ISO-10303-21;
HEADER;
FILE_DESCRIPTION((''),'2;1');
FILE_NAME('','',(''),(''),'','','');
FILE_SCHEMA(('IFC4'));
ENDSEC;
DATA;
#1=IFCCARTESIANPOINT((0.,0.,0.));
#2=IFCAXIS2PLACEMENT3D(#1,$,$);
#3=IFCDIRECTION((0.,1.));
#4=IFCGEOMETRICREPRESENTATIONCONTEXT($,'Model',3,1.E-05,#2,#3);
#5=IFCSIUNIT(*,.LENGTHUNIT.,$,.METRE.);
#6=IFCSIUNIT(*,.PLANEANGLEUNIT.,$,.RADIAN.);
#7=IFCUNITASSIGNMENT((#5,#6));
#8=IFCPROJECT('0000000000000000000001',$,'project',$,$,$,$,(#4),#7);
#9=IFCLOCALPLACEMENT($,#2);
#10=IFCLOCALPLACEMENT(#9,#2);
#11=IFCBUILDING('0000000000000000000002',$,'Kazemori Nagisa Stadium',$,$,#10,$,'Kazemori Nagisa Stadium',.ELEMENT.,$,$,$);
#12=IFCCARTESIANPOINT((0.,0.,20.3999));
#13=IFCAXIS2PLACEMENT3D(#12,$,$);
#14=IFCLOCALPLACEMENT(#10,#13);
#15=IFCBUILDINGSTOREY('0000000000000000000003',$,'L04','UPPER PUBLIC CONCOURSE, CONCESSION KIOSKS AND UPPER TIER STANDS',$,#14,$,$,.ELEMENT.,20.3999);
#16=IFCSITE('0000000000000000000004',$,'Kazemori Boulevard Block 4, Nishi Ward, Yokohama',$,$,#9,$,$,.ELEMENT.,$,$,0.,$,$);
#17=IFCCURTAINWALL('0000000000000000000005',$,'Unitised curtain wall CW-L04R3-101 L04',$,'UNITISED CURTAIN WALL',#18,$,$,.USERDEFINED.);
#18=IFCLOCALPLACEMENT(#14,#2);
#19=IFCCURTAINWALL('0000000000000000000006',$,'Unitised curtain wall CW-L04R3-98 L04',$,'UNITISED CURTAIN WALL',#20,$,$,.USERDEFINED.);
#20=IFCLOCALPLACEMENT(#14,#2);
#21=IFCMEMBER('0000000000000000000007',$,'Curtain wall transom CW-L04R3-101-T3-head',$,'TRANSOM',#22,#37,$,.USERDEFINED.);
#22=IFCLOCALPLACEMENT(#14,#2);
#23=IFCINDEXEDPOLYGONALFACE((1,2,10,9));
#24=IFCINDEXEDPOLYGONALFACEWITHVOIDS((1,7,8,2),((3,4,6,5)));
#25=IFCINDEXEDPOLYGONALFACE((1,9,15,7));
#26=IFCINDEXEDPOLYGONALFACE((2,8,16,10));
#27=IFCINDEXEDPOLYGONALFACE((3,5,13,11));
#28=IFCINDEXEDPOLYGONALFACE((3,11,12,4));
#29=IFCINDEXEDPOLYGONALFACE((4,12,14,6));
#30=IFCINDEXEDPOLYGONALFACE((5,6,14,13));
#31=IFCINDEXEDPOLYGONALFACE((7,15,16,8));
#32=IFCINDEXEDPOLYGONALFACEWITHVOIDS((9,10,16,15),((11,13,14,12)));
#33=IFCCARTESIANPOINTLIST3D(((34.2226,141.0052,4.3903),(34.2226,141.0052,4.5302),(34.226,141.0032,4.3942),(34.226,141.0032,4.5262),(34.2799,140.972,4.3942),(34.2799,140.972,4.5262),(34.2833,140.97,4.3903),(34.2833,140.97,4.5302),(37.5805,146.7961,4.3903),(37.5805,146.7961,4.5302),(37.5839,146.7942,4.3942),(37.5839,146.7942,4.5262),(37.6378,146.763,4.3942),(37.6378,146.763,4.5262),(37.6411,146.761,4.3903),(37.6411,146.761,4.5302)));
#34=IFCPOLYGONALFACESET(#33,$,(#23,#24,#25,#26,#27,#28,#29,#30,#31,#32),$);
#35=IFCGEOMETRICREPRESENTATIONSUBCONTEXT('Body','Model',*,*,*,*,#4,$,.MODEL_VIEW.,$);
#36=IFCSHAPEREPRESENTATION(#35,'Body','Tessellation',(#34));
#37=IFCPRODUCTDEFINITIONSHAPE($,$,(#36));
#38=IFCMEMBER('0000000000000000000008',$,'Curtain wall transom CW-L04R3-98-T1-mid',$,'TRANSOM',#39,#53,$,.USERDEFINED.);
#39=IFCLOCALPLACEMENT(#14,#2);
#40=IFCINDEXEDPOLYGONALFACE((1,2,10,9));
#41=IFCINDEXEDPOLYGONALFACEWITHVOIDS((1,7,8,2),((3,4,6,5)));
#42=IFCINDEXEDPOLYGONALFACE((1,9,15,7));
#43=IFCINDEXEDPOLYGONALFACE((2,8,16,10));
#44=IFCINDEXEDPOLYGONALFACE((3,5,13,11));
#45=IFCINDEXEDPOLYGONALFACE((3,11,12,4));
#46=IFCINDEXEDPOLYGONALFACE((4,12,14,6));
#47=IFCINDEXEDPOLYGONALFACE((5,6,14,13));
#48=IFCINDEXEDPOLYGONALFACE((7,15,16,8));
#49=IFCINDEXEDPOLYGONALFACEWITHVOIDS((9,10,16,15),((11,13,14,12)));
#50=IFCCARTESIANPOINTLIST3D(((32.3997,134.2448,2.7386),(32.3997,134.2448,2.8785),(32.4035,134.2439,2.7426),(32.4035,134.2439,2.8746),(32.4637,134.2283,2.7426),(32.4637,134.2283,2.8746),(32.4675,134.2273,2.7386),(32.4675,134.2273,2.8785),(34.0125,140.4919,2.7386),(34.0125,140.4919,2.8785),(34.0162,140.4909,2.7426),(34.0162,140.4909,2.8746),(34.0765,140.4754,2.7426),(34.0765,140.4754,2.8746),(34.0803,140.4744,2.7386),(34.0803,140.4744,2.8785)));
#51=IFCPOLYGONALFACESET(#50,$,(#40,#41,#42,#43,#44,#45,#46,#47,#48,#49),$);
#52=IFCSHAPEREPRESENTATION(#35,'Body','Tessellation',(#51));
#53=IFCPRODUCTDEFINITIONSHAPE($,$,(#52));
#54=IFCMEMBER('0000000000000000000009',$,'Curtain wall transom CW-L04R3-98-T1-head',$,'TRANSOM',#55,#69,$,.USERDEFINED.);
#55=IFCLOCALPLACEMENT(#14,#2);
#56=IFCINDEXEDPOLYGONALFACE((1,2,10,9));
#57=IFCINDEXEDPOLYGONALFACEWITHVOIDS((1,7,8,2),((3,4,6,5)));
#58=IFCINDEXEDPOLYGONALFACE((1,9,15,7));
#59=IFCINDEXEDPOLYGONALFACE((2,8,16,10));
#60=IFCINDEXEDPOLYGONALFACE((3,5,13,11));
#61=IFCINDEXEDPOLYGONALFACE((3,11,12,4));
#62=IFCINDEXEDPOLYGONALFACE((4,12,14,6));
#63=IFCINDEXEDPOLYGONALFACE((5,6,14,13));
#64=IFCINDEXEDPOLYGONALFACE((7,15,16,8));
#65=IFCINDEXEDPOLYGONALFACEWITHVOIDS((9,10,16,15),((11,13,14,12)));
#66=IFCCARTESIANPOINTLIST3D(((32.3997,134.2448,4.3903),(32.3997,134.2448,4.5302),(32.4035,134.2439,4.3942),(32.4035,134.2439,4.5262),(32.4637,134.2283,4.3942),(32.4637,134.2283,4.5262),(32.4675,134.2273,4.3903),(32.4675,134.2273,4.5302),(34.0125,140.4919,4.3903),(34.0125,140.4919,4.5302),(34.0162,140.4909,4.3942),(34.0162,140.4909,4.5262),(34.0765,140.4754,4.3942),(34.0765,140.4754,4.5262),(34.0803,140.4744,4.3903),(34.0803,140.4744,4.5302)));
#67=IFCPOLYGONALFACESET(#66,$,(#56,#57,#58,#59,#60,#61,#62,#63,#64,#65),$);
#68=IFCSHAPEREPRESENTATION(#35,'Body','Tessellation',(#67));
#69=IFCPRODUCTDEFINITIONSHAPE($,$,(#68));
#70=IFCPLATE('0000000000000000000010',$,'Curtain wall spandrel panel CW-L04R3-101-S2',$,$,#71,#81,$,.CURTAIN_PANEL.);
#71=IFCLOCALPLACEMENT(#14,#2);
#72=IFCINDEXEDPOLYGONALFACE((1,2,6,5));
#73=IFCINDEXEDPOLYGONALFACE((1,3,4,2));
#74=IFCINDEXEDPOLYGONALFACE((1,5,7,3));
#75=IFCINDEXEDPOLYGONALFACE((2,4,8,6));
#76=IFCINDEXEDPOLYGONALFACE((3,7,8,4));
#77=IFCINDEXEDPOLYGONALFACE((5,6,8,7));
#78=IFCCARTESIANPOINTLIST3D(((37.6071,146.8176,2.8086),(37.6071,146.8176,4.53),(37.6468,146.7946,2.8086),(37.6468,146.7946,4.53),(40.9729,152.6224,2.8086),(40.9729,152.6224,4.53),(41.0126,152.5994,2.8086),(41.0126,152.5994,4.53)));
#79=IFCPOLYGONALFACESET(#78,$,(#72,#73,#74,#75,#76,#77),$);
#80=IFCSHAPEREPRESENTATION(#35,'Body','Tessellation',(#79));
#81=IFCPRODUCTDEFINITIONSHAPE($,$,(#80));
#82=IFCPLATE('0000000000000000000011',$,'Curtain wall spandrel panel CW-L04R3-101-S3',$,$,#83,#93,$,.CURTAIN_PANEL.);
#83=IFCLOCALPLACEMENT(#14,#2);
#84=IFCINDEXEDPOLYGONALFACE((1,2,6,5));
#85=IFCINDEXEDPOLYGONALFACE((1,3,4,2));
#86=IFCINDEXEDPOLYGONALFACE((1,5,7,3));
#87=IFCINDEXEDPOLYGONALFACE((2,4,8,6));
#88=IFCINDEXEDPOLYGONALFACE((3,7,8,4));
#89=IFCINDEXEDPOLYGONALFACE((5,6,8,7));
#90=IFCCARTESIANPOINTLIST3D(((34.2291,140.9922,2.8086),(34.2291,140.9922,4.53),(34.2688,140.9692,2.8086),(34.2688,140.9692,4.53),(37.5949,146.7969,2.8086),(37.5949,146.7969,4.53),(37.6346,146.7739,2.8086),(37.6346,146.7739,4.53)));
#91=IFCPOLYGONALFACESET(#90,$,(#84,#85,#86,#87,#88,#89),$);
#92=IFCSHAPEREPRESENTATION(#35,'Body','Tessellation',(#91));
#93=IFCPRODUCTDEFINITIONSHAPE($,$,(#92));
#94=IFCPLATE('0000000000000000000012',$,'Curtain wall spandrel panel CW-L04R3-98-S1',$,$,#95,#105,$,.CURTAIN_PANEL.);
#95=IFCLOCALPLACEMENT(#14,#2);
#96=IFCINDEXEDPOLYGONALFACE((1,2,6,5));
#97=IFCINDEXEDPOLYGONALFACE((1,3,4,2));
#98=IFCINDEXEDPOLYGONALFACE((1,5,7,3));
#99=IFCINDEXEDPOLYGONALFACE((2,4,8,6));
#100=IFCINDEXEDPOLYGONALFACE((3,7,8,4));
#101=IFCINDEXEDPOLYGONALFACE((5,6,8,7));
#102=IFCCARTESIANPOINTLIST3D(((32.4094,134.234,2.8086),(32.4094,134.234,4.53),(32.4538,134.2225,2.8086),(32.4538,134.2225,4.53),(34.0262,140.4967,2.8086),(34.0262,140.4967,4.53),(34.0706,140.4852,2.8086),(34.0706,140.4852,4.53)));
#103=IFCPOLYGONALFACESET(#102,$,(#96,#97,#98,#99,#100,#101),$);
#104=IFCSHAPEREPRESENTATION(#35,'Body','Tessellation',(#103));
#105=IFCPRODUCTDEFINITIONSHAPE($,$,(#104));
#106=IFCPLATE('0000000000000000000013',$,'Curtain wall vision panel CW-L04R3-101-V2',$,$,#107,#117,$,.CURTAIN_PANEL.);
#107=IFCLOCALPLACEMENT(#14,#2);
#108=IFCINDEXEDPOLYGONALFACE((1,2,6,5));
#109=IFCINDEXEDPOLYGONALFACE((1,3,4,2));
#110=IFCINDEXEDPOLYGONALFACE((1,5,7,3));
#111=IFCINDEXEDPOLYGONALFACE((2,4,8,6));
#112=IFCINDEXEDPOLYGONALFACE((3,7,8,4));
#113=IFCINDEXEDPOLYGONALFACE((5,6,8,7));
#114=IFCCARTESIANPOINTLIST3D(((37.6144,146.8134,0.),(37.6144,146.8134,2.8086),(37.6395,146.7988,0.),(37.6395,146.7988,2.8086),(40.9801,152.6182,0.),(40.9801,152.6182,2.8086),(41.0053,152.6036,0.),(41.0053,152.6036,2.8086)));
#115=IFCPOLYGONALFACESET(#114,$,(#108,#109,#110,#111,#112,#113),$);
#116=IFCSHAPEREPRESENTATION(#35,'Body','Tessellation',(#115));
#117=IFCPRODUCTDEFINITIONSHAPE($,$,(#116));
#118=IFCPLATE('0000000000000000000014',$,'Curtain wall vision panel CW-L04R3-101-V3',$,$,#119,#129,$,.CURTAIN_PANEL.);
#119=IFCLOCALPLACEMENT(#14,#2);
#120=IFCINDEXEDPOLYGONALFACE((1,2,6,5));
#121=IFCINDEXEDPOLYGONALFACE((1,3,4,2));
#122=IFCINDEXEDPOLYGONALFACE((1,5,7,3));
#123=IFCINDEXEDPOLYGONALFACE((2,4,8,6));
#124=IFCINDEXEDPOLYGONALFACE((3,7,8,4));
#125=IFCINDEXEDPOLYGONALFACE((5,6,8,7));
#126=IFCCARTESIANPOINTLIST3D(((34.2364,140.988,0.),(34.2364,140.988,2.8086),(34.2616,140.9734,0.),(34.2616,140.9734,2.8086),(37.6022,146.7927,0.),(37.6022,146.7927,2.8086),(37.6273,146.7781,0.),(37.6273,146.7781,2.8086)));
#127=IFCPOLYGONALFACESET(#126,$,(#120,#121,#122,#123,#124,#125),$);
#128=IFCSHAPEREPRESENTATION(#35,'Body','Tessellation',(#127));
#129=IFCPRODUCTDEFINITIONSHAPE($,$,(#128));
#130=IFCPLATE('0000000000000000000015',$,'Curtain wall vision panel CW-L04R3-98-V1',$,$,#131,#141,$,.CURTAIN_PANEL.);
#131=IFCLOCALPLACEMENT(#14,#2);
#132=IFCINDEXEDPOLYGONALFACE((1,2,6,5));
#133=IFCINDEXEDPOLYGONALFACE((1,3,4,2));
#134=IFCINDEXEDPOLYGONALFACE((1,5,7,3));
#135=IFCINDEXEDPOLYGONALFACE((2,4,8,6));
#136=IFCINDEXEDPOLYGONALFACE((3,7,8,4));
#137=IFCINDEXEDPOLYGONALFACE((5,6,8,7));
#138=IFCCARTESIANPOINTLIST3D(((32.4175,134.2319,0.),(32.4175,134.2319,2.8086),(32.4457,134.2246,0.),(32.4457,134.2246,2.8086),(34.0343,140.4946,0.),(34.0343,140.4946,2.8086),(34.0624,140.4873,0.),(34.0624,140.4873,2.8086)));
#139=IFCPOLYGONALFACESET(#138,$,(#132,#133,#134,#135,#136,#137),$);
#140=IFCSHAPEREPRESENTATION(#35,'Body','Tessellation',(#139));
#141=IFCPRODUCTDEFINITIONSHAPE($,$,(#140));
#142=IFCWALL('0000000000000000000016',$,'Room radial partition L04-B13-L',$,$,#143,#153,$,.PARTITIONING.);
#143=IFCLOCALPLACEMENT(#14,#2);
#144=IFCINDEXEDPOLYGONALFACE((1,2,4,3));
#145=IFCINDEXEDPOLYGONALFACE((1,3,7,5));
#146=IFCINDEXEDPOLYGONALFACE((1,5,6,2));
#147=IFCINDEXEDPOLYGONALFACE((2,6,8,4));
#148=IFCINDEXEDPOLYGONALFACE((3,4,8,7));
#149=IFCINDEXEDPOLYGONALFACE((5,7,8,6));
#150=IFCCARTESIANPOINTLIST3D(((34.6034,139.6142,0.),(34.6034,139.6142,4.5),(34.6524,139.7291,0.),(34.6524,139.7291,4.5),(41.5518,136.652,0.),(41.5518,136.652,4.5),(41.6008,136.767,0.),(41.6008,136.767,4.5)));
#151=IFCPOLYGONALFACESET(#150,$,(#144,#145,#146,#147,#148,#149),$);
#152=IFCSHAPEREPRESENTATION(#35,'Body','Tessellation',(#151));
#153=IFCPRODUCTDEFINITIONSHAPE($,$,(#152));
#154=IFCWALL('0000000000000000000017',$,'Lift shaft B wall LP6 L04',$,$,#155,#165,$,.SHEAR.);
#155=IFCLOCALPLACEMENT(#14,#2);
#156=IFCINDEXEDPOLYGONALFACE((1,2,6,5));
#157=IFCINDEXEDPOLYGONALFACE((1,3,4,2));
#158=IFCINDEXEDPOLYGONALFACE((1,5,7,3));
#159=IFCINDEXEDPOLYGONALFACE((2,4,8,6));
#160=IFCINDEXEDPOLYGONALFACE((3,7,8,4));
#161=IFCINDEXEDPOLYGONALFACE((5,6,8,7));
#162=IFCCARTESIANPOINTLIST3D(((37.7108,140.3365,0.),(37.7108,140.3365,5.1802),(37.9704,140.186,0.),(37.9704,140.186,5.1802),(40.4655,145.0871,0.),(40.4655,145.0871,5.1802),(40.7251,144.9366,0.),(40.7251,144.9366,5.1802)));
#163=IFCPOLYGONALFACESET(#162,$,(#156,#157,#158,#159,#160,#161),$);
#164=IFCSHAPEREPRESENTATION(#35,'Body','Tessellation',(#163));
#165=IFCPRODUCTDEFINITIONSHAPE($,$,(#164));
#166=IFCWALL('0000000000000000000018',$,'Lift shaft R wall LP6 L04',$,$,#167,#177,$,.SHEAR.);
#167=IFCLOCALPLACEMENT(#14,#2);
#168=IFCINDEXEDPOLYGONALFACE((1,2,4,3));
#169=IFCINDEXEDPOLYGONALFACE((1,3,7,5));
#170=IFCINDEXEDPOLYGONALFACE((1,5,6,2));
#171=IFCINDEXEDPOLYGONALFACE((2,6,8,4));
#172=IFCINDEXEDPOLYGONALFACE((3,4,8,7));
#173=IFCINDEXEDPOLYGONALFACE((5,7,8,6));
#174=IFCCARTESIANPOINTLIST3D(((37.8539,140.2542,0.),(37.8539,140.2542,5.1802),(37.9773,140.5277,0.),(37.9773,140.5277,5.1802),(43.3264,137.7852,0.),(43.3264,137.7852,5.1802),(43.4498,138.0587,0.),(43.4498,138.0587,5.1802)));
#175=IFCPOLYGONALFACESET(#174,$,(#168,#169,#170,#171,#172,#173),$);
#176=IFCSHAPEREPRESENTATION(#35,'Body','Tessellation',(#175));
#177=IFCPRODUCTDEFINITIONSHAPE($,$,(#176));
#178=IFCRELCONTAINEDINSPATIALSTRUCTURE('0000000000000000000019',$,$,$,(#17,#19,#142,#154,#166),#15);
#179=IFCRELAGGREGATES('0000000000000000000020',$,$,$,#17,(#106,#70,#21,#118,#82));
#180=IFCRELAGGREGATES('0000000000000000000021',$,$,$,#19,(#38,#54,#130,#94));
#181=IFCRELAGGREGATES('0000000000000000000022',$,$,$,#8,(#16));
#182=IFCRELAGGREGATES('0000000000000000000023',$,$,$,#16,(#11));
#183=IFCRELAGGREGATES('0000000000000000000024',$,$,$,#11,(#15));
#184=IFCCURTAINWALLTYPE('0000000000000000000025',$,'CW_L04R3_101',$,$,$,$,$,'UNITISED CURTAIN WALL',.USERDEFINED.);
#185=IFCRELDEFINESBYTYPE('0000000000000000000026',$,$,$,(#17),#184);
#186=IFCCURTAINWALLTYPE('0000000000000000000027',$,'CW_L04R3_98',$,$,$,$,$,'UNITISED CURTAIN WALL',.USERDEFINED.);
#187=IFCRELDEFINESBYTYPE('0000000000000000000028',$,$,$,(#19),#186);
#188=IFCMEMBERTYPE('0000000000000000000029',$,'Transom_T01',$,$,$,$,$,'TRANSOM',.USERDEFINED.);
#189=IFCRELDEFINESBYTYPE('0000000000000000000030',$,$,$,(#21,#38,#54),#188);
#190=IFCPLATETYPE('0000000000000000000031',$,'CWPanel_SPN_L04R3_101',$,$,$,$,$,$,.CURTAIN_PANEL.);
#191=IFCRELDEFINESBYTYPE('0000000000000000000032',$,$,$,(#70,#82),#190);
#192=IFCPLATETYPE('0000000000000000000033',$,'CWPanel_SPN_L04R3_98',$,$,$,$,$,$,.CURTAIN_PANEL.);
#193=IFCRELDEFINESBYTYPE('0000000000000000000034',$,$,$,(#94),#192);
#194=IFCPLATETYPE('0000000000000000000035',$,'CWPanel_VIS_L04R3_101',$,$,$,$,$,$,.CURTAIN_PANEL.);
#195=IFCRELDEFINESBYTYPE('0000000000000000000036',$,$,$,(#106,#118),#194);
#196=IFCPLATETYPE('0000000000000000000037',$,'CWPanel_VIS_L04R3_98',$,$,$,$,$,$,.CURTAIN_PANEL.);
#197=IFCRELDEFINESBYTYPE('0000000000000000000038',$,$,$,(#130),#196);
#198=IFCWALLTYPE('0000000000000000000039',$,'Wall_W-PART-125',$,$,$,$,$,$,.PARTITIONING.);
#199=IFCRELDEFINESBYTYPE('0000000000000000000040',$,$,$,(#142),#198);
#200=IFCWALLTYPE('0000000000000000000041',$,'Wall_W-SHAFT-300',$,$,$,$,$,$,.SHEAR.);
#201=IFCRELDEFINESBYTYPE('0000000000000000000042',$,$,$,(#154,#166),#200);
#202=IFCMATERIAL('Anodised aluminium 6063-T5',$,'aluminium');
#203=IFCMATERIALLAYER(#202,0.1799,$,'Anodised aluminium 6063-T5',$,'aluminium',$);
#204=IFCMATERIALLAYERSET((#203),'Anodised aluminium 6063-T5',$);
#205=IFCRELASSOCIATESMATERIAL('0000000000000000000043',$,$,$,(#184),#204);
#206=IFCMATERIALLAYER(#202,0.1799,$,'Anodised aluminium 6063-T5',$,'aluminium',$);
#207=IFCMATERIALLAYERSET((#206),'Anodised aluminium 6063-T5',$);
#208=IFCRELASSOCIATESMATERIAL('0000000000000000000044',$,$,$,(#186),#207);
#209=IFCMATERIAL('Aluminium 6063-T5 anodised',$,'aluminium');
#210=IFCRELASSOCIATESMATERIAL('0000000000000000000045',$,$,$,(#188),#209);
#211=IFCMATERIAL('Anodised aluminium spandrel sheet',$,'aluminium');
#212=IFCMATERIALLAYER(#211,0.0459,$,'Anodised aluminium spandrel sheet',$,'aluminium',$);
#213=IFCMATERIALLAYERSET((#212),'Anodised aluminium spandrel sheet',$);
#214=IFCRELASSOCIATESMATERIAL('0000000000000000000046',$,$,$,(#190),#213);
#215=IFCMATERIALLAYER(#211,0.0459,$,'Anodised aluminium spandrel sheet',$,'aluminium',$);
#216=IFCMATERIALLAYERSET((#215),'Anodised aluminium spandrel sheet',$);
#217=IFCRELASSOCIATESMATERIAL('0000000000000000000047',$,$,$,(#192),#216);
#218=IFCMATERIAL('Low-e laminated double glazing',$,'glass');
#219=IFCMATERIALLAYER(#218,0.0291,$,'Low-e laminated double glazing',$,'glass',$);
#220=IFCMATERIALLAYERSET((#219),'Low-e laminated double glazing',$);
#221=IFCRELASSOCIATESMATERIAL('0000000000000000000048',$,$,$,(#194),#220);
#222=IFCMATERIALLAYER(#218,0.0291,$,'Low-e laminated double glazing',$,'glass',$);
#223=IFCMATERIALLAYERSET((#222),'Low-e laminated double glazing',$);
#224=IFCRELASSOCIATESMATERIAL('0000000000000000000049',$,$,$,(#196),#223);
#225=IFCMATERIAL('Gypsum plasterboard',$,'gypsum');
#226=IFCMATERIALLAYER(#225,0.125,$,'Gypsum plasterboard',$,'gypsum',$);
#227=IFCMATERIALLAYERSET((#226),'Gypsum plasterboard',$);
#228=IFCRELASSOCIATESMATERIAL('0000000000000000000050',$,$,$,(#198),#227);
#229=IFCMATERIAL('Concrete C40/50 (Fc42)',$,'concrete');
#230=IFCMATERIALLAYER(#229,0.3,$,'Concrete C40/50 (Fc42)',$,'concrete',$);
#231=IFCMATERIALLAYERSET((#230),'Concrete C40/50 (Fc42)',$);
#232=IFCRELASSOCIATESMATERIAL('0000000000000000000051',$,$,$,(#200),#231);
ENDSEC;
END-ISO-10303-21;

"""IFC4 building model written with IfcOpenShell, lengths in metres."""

from ifc_helpers import new_model, si_unit, direction, frame, frame_2d, origin, origin_2d, place, context, subcontext, project, spatial, rectangle, hollow_rectangle, extrude, material, layer, layer_set, material_profile, profile_set, type_object, element, aggregate, save


model = new_model("IFC4")

# Units and contexts
model_context = context("Model", 3, precision=1e-05, world=origin(), true_north=direction((0.0, 1.0)))
body_context = subcontext(model_context, "Body", "Model", "MODEL_VIEW")
ifc_project = project(units=[si_unit("LENGTHUNIT", "METRE"), si_unit("PLANEANGLEUNIT", "RADIAN")], contexts=[model_context])

# Site, building, storey
site_placement = place(None, origin())
site = spatial("IfcSite", under=ifc_project, at=site_placement, Name="Kazemori Boulevard Block 4, Nishi Ward, Yokohama", CompositionType="ELEMENT", RefElevation=0.0)
building_placement = place(site_placement, origin())
building = spatial("IfcBuilding", under=site, at=building_placement, Name="Kazemori Nagisa Stadium", LongName="Kazemori Nagisa Stadium", CompositionType="ELEMENT")
storey_placement = place(building_placement, frame((0.0, 0.0, 20.3999)))
storey = spatial("IfcBuildingStorey", under=building, at=storey_placement, Name="L04", Description="UPPER PUBLIC CONCOURSE, CONCESSION KIOSKS AND UPPER TIER STANDS", CompositionType="ELEMENT", Elevation=20.3999)

# Curtain wall
ifc_material_1 = material(Name="Anodised aluminium 6063-T5", Category="aluminium")
ifc_layer_1 = layer(ifc_material_1, 0.1799, Name="Anodised aluminium 6063-T5", Category="aluminium")
ifc_layer_set_1 = layer_set([ifc_layer_1], Name="Anodised aluminium 6063-T5")
curtain_wall_type_1 = type_object("IfcCurtainWallType", Name="CW_L04R3_101", ElementType="UNITISED CURTAIN WALL", PredefinedType="USERDEFINED", material=ifc_layer_set_1)
curtain_wall_1_placement = place(storey_placement, origin())
curtain_wall_1 = element("IfcCurtainWall", 1, at=curtain_wall_1_placement, inside=storey, type_object=curtain_wall_type_1, Name="Unitised curtain wall CW-L04R3-101 L04", ObjectType="UNITISED CURTAIN WALL", PredefinedType="USERDEFINED")
ifc_material_2 = material(Name="Aluminium 6063-T5 anodised", Category="aluminium")

# Curtain wall
ifc_layer_2 = layer(ifc_material_1, 0.1799, Name="Anodised aluminium 6063-T5", Category="aluminium")
ifc_layer_set_2 = layer_set([ifc_layer_2], Name="Anodised aluminium 6063-T5")
curtain_wall_type_2 = type_object("IfcCurtainWallType", Name="CW_L04R3_98", ElementType="UNITISED CURTAIN WALL", PredefinedType="USERDEFINED", material=ifc_layer_set_2)
curtain_wall_2_placement = place(storey_placement, origin())
curtain_wall_2 = element("IfcCurtainWall", 2, at=curtain_wall_2_placement, inside=storey, type_object=curtain_wall_type_2, Name="Unitised curtain wall CW-L04R3-98 L04", ObjectType="UNITISED CURTAIN WALL", PredefinedType="USERDEFINED")

# Members
ifc_material_profile_1 = material_profile(ifc_material_2, hollow_rectangle(XDim=0.0701, YDim=0.1399, WallThickness=0.0039, at=origin_2d()), Name="ALU-TRAN-70x140x4")
ifc_profile_set_1 = profile_set([ifc_material_profile_1], Name="Aluminium 6063-T5 anodised")
member_type_1 = type_object("IfcMemberType", Name="Transom_T01", ElementType="TRANSOM", PredefinedType="USERDEFINED", material=ifc_profile_set_1)
member_1_placement = place(storey_placement, frame((37.6108, 146.7786, 4.4602), z_axis=(-0.50162, -0.865088, 0.0), x_axis=(0.865088, -0.50162, 0.0)))
member_1 = element("IfcMember", 3, at=member_1_placement, type_object=member_type_1, Name="Curtain wall transom CW-L04R3-101-T3-head", ObjectType="TRANSOM", PredefinedType="USERDEFINED", context=body_context, shape_type="SweptSolid", body=[
    extrude(hollow_rectangle(XDim=0.0701, YDim=0.1399, WallThickness=0.0039, at=origin_2d()), origin(), (0.0, 0.0, 1.0), 6.6941),
])
member_2_placement = place(storey_placement, frame((34.0464, 140.4832, 2.8086), z_axis=(-0.249972, -0.968253, 0.0), x_axis=(0.968253, -0.249972, 0.0)))
member_2 = element("IfcMember", 4, at=member_2_placement, type_object=member_type_1, Name="Curtain wall transom CW-L04R3-98-T1-mid", ObjectType="TRANSOM", PredefinedType="USERDEFINED", context=body_context, shape_type="SweptSolid", body=[
    extrude(hollow_rectangle(XDim=0.0701, YDim=0.1399, WallThickness=0.0039, at=origin_2d()), origin(), (0.0, 0.0, 1.0), 6.4519),
])
member_3_placement = place(storey_placement, frame((34.0464, 140.4832, 4.4602), z_axis=(-0.249972, -0.968253, 0.0), x_axis=(0.968253, -0.249972, 0.0)))
member_3 = element("IfcMember", 5, at=member_3_placement, type_object=member_type_1, Name="Curtain wall transom CW-L04R3-98-T1-head", ObjectType="TRANSOM", PredefinedType="USERDEFINED", context=body_context, shape_type="SweptSolid", body=[
    extrude(hollow_rectangle(XDim=0.0701, YDim=0.1399, WallThickness=0.0039, at=origin_2d()), origin(), (0.0, 0.0, 1.0), 6.4519),
])

# Plates
ifc_material_3 = material(Name="Anodised aluminium spandrel sheet", Category="aluminium")
ifc_layer_3 = layer(ifc_material_3, 0.0459, Name="Anodised aluminium spandrel sheet", Category="aluminium")
ifc_layer_set_3 = layer_set([ifc_layer_3], Name="Anodised aluminium spandrel sheet")
plate_type_1 = type_object("IfcPlateType", Name="CWPanel_SPN_L04R3_101", PredefinedType="CURTAIN_PANEL", material=ifc_layer_set_3)
plate_1_placement = place(storey_placement, frame((39.3098, 149.7085, 2.8086), z_axis=(0.0, 0.0, 1.0), x_axis=(-0.501612, -0.865093, 0.0)))
plate_1 = element("IfcPlate", 6, at=plate_1_placement, type_object=plate_type_1, Name="Curtain wall spandrel panel CW-L04R3-101-S2", PredefinedType="CURTAIN_PANEL", context=body_context, shape_type="SweptSolid", body=[
    extrude(rectangle(XDim=6.71, YDim=0.0459, at=origin_2d()), origin(), (0.0, 0.0, 1.0), 1.7214),
])
plate_2_placement = place(storey_placement, frame((35.9319, 143.8831, 2.8086), z_axis=(0.0, 0.0, 1.0), x_axis=(-0.501612, -0.865093, 0.0)))
plate_2 = element("IfcPlate", 7, at=plate_2_placement, type_object=plate_type_1, Name="Curtain wall spandrel panel CW-L04R3-101-S3", PredefinedType="CURTAIN_PANEL", context=body_context, shape_type="SweptSolid", body=[
    extrude(rectangle(XDim=6.71, YDim=0.0459, at=origin_2d()), origin(), (0.0, 0.0, 1.0), 1.7214),
])
ifc_layer_4 = layer(ifc_material_3, 0.0459, Name="Anodised aluminium spandrel sheet", Category="aluminium")
ifc_layer_set_4 = layer_set([ifc_layer_4], Name="Anodised aluminium spandrel sheet")
plate_type_2 = type_object("IfcPlateType", Name="CWPanel_SPN_L04R3_98", PredefinedType="CURTAIN_PANEL", material=ifc_layer_set_4)
plate_3_placement = place(storey_placement, frame((33.24, 137.3596, 2.8086), z_axis=(0.0, 0.0, 1.0), x_axis=(-0.249965, -0.968255, 0.0)))
plate_3 = element("IfcPlate", 8, at=plate_3_placement, type_object=plate_type_2, Name="Curtain wall spandrel panel CW-L04R3-98-S1", PredefinedType="CURTAIN_PANEL", context=body_context, shape_type="SweptSolid", body=[
    extrude(rectangle(XDim=6.468, YDim=0.0459, at=origin_2d()), origin(), (0.0, 0.0, 1.0), 1.7214),
])
ifc_material_4 = material(Name="Low-e laminated double glazing", Category="glass")
ifc_layer_5 = layer(ifc_material_4, 0.0291, Name="Low-e laminated double glazing", Category="glass")
ifc_layer_set_5 = layer_set([ifc_layer_5], Name="Low-e laminated double glazing")
plate_type_3 = type_object("IfcPlateType", Name="CWPanel_VIS_L04R3_101", PredefinedType="CURTAIN_PANEL", material=ifc_layer_set_5)
plate_4_placement = place(storey_placement, frame((39.3098, 149.7085, 0.0), z_axis=(0.0, 0.0, 1.0), x_axis=(-0.501612, -0.865093, 0.0)))
plate_4 = element("IfcPlate", 9, at=plate_4_placement, type_object=plate_type_3, Name="Curtain wall vision panel CW-L04R3-101-V2", PredefinedType="CURTAIN_PANEL", context=body_context, shape_type="SweptSolid", body=[
    extrude(rectangle(XDim=6.71, YDim=0.0291, at=origin_2d()), origin(), (0.0, 0.0, 1.0), 2.8086),
])
plate_5_placement = place(storey_placement, frame((35.9319, 143.8831, 0.0), z_axis=(0.0, 0.0, 1.0), x_axis=(-0.501612, -0.865093, 0.0)))
plate_5 = element("IfcPlate", 10, at=plate_5_placement, type_object=plate_type_3, Name="Curtain wall vision panel CW-L04R3-101-V3", PredefinedType="CURTAIN_PANEL", context=body_context, shape_type="SweptSolid", body=[
    extrude(rectangle(XDim=6.71, YDim=0.0291, at=origin_2d()), origin(), (0.0, 0.0, 1.0), 2.8086),
])
aggregate(curtain_wall_1, [plate_4, plate_1, member_1, plate_5, plate_2])
ifc_layer_6 = layer(ifc_material_4, 0.0291, Name="Low-e laminated double glazing", Category="glass")
ifc_layer_set_6 = layer_set([ifc_layer_6], Name="Low-e laminated double glazing")
plate_type_4 = type_object("IfcPlateType", Name="CWPanel_VIS_L04R3_98", PredefinedType="CURTAIN_PANEL", material=ifc_layer_set_6)
plate_6_placement = place(storey_placement, frame((33.24, 137.3596, 0.0), z_axis=(0.0, 0.0, 1.0), x_axis=(-0.249965, -0.968255, 0.0)))
plate_6 = element("IfcPlate", 11, at=plate_6_placement, type_object=plate_type_4, Name="Curtain wall vision panel CW-L04R3-98-V1", PredefinedType="CURTAIN_PANEL", context=body_context, shape_type="SweptSolid", body=[
    extrude(rectangle(XDim=6.468, YDim=0.0291, at=origin_2d()), origin(), (0.0, 0.0, 1.0), 2.8086),
])
aggregate(curtain_wall_2, [member_2, member_3, plate_6, plate_3])

# Walls
ifc_material_5 = material(Name="Gypsum plasterboard", Category="gypsum")
ifc_layer_7 = layer(ifc_material_5, 0.125, Name="Gypsum plasterboard", Category="gypsum")
ifc_layer_set_7 = layer_set([ifc_layer_7], Name="Gypsum plasterboard")
wall_type_1 = type_object("IfcWallType", Name="Wall_W-PART-125", PredefinedType="PARTITIONING", material=ifc_layer_set_7)
wall_1_placement = place(storey_placement, frame((41.5764, 136.7095, 0.0), z_axis=(0.0, 0.0, 1.0), x_axis=(-0.919899, 0.392155, 0.0)))
element("IfcWall", 12, at=wall_1_placement, inside=storey, type_object=wall_type_1, Name="Room radial partition L04-B13-L", PredefinedType="PARTITIONING", context=body_context, shape_type="SweptSolid", body=[
    extrude(rectangle(XDim=7.5535, YDim=0.125, at=frame_2d((3.7769, 0.0))), origin(), (0.0, 0.0, 1.0), 4.5),
])
ifc_material_6 = material(Name="Concrete C40/50 (Fc42)", Category="concrete")
ifc_layer_8 = layer(ifc_material_6, 0.3, Name="Concrete C40/50 (Fc42)", Category="concrete")
ifc_layer_set_8 = layer_set([ifc_layer_8], Name="Concrete C40/50 (Fc42)")
wall_type_2 = type_object("IfcWallType", Name="Wall_W-SHAFT-300", PredefinedType="SHEAR", material=ifc_layer_set_8)
wall_2_placement = place(storey_placement, frame((40.5952, 145.0117, 0.0), z_axis=(0.0, 0.0, 1.0), x_axis=(-0.50163, -0.865082, 0.0)))
element("IfcWall", 13, at=wall_2_placement, inside=storey, type_object=wall_type_2, Name="Lift shaft B wall LP6 L04", PredefinedType="SHEAR", context=body_context, shape_type="SweptSolid", body=[
    extrude(rectangle(XDim=5.4915, YDim=0.3, at=frame_2d((2.7456, 0.0))), origin(), (0.0, 0.0, 1.0), 5.1802),
])
wall_3_placement = place(storey_placement, frame((43.3882, 137.9219, 0.0), z_axis=(0.0, 0.0, 1.0), x_axis=(-0.911522, 0.411252, 0.0)))
element("IfcWall", 14, at=wall_3_placement, inside=storey, type_object=wall_type_2, Name="Lift shaft R wall LP6 L04", PredefinedType="SHEAR", context=body_context, shape_type="SweptSolid", body=[
    extrude(rectangle(XDim=6.0037, YDim=0.3, at=frame_2d((3.002, 0.0))), origin(), (0.0, 0.0, 1.0), 5.1802),
])

save(model, "model.ifc")
